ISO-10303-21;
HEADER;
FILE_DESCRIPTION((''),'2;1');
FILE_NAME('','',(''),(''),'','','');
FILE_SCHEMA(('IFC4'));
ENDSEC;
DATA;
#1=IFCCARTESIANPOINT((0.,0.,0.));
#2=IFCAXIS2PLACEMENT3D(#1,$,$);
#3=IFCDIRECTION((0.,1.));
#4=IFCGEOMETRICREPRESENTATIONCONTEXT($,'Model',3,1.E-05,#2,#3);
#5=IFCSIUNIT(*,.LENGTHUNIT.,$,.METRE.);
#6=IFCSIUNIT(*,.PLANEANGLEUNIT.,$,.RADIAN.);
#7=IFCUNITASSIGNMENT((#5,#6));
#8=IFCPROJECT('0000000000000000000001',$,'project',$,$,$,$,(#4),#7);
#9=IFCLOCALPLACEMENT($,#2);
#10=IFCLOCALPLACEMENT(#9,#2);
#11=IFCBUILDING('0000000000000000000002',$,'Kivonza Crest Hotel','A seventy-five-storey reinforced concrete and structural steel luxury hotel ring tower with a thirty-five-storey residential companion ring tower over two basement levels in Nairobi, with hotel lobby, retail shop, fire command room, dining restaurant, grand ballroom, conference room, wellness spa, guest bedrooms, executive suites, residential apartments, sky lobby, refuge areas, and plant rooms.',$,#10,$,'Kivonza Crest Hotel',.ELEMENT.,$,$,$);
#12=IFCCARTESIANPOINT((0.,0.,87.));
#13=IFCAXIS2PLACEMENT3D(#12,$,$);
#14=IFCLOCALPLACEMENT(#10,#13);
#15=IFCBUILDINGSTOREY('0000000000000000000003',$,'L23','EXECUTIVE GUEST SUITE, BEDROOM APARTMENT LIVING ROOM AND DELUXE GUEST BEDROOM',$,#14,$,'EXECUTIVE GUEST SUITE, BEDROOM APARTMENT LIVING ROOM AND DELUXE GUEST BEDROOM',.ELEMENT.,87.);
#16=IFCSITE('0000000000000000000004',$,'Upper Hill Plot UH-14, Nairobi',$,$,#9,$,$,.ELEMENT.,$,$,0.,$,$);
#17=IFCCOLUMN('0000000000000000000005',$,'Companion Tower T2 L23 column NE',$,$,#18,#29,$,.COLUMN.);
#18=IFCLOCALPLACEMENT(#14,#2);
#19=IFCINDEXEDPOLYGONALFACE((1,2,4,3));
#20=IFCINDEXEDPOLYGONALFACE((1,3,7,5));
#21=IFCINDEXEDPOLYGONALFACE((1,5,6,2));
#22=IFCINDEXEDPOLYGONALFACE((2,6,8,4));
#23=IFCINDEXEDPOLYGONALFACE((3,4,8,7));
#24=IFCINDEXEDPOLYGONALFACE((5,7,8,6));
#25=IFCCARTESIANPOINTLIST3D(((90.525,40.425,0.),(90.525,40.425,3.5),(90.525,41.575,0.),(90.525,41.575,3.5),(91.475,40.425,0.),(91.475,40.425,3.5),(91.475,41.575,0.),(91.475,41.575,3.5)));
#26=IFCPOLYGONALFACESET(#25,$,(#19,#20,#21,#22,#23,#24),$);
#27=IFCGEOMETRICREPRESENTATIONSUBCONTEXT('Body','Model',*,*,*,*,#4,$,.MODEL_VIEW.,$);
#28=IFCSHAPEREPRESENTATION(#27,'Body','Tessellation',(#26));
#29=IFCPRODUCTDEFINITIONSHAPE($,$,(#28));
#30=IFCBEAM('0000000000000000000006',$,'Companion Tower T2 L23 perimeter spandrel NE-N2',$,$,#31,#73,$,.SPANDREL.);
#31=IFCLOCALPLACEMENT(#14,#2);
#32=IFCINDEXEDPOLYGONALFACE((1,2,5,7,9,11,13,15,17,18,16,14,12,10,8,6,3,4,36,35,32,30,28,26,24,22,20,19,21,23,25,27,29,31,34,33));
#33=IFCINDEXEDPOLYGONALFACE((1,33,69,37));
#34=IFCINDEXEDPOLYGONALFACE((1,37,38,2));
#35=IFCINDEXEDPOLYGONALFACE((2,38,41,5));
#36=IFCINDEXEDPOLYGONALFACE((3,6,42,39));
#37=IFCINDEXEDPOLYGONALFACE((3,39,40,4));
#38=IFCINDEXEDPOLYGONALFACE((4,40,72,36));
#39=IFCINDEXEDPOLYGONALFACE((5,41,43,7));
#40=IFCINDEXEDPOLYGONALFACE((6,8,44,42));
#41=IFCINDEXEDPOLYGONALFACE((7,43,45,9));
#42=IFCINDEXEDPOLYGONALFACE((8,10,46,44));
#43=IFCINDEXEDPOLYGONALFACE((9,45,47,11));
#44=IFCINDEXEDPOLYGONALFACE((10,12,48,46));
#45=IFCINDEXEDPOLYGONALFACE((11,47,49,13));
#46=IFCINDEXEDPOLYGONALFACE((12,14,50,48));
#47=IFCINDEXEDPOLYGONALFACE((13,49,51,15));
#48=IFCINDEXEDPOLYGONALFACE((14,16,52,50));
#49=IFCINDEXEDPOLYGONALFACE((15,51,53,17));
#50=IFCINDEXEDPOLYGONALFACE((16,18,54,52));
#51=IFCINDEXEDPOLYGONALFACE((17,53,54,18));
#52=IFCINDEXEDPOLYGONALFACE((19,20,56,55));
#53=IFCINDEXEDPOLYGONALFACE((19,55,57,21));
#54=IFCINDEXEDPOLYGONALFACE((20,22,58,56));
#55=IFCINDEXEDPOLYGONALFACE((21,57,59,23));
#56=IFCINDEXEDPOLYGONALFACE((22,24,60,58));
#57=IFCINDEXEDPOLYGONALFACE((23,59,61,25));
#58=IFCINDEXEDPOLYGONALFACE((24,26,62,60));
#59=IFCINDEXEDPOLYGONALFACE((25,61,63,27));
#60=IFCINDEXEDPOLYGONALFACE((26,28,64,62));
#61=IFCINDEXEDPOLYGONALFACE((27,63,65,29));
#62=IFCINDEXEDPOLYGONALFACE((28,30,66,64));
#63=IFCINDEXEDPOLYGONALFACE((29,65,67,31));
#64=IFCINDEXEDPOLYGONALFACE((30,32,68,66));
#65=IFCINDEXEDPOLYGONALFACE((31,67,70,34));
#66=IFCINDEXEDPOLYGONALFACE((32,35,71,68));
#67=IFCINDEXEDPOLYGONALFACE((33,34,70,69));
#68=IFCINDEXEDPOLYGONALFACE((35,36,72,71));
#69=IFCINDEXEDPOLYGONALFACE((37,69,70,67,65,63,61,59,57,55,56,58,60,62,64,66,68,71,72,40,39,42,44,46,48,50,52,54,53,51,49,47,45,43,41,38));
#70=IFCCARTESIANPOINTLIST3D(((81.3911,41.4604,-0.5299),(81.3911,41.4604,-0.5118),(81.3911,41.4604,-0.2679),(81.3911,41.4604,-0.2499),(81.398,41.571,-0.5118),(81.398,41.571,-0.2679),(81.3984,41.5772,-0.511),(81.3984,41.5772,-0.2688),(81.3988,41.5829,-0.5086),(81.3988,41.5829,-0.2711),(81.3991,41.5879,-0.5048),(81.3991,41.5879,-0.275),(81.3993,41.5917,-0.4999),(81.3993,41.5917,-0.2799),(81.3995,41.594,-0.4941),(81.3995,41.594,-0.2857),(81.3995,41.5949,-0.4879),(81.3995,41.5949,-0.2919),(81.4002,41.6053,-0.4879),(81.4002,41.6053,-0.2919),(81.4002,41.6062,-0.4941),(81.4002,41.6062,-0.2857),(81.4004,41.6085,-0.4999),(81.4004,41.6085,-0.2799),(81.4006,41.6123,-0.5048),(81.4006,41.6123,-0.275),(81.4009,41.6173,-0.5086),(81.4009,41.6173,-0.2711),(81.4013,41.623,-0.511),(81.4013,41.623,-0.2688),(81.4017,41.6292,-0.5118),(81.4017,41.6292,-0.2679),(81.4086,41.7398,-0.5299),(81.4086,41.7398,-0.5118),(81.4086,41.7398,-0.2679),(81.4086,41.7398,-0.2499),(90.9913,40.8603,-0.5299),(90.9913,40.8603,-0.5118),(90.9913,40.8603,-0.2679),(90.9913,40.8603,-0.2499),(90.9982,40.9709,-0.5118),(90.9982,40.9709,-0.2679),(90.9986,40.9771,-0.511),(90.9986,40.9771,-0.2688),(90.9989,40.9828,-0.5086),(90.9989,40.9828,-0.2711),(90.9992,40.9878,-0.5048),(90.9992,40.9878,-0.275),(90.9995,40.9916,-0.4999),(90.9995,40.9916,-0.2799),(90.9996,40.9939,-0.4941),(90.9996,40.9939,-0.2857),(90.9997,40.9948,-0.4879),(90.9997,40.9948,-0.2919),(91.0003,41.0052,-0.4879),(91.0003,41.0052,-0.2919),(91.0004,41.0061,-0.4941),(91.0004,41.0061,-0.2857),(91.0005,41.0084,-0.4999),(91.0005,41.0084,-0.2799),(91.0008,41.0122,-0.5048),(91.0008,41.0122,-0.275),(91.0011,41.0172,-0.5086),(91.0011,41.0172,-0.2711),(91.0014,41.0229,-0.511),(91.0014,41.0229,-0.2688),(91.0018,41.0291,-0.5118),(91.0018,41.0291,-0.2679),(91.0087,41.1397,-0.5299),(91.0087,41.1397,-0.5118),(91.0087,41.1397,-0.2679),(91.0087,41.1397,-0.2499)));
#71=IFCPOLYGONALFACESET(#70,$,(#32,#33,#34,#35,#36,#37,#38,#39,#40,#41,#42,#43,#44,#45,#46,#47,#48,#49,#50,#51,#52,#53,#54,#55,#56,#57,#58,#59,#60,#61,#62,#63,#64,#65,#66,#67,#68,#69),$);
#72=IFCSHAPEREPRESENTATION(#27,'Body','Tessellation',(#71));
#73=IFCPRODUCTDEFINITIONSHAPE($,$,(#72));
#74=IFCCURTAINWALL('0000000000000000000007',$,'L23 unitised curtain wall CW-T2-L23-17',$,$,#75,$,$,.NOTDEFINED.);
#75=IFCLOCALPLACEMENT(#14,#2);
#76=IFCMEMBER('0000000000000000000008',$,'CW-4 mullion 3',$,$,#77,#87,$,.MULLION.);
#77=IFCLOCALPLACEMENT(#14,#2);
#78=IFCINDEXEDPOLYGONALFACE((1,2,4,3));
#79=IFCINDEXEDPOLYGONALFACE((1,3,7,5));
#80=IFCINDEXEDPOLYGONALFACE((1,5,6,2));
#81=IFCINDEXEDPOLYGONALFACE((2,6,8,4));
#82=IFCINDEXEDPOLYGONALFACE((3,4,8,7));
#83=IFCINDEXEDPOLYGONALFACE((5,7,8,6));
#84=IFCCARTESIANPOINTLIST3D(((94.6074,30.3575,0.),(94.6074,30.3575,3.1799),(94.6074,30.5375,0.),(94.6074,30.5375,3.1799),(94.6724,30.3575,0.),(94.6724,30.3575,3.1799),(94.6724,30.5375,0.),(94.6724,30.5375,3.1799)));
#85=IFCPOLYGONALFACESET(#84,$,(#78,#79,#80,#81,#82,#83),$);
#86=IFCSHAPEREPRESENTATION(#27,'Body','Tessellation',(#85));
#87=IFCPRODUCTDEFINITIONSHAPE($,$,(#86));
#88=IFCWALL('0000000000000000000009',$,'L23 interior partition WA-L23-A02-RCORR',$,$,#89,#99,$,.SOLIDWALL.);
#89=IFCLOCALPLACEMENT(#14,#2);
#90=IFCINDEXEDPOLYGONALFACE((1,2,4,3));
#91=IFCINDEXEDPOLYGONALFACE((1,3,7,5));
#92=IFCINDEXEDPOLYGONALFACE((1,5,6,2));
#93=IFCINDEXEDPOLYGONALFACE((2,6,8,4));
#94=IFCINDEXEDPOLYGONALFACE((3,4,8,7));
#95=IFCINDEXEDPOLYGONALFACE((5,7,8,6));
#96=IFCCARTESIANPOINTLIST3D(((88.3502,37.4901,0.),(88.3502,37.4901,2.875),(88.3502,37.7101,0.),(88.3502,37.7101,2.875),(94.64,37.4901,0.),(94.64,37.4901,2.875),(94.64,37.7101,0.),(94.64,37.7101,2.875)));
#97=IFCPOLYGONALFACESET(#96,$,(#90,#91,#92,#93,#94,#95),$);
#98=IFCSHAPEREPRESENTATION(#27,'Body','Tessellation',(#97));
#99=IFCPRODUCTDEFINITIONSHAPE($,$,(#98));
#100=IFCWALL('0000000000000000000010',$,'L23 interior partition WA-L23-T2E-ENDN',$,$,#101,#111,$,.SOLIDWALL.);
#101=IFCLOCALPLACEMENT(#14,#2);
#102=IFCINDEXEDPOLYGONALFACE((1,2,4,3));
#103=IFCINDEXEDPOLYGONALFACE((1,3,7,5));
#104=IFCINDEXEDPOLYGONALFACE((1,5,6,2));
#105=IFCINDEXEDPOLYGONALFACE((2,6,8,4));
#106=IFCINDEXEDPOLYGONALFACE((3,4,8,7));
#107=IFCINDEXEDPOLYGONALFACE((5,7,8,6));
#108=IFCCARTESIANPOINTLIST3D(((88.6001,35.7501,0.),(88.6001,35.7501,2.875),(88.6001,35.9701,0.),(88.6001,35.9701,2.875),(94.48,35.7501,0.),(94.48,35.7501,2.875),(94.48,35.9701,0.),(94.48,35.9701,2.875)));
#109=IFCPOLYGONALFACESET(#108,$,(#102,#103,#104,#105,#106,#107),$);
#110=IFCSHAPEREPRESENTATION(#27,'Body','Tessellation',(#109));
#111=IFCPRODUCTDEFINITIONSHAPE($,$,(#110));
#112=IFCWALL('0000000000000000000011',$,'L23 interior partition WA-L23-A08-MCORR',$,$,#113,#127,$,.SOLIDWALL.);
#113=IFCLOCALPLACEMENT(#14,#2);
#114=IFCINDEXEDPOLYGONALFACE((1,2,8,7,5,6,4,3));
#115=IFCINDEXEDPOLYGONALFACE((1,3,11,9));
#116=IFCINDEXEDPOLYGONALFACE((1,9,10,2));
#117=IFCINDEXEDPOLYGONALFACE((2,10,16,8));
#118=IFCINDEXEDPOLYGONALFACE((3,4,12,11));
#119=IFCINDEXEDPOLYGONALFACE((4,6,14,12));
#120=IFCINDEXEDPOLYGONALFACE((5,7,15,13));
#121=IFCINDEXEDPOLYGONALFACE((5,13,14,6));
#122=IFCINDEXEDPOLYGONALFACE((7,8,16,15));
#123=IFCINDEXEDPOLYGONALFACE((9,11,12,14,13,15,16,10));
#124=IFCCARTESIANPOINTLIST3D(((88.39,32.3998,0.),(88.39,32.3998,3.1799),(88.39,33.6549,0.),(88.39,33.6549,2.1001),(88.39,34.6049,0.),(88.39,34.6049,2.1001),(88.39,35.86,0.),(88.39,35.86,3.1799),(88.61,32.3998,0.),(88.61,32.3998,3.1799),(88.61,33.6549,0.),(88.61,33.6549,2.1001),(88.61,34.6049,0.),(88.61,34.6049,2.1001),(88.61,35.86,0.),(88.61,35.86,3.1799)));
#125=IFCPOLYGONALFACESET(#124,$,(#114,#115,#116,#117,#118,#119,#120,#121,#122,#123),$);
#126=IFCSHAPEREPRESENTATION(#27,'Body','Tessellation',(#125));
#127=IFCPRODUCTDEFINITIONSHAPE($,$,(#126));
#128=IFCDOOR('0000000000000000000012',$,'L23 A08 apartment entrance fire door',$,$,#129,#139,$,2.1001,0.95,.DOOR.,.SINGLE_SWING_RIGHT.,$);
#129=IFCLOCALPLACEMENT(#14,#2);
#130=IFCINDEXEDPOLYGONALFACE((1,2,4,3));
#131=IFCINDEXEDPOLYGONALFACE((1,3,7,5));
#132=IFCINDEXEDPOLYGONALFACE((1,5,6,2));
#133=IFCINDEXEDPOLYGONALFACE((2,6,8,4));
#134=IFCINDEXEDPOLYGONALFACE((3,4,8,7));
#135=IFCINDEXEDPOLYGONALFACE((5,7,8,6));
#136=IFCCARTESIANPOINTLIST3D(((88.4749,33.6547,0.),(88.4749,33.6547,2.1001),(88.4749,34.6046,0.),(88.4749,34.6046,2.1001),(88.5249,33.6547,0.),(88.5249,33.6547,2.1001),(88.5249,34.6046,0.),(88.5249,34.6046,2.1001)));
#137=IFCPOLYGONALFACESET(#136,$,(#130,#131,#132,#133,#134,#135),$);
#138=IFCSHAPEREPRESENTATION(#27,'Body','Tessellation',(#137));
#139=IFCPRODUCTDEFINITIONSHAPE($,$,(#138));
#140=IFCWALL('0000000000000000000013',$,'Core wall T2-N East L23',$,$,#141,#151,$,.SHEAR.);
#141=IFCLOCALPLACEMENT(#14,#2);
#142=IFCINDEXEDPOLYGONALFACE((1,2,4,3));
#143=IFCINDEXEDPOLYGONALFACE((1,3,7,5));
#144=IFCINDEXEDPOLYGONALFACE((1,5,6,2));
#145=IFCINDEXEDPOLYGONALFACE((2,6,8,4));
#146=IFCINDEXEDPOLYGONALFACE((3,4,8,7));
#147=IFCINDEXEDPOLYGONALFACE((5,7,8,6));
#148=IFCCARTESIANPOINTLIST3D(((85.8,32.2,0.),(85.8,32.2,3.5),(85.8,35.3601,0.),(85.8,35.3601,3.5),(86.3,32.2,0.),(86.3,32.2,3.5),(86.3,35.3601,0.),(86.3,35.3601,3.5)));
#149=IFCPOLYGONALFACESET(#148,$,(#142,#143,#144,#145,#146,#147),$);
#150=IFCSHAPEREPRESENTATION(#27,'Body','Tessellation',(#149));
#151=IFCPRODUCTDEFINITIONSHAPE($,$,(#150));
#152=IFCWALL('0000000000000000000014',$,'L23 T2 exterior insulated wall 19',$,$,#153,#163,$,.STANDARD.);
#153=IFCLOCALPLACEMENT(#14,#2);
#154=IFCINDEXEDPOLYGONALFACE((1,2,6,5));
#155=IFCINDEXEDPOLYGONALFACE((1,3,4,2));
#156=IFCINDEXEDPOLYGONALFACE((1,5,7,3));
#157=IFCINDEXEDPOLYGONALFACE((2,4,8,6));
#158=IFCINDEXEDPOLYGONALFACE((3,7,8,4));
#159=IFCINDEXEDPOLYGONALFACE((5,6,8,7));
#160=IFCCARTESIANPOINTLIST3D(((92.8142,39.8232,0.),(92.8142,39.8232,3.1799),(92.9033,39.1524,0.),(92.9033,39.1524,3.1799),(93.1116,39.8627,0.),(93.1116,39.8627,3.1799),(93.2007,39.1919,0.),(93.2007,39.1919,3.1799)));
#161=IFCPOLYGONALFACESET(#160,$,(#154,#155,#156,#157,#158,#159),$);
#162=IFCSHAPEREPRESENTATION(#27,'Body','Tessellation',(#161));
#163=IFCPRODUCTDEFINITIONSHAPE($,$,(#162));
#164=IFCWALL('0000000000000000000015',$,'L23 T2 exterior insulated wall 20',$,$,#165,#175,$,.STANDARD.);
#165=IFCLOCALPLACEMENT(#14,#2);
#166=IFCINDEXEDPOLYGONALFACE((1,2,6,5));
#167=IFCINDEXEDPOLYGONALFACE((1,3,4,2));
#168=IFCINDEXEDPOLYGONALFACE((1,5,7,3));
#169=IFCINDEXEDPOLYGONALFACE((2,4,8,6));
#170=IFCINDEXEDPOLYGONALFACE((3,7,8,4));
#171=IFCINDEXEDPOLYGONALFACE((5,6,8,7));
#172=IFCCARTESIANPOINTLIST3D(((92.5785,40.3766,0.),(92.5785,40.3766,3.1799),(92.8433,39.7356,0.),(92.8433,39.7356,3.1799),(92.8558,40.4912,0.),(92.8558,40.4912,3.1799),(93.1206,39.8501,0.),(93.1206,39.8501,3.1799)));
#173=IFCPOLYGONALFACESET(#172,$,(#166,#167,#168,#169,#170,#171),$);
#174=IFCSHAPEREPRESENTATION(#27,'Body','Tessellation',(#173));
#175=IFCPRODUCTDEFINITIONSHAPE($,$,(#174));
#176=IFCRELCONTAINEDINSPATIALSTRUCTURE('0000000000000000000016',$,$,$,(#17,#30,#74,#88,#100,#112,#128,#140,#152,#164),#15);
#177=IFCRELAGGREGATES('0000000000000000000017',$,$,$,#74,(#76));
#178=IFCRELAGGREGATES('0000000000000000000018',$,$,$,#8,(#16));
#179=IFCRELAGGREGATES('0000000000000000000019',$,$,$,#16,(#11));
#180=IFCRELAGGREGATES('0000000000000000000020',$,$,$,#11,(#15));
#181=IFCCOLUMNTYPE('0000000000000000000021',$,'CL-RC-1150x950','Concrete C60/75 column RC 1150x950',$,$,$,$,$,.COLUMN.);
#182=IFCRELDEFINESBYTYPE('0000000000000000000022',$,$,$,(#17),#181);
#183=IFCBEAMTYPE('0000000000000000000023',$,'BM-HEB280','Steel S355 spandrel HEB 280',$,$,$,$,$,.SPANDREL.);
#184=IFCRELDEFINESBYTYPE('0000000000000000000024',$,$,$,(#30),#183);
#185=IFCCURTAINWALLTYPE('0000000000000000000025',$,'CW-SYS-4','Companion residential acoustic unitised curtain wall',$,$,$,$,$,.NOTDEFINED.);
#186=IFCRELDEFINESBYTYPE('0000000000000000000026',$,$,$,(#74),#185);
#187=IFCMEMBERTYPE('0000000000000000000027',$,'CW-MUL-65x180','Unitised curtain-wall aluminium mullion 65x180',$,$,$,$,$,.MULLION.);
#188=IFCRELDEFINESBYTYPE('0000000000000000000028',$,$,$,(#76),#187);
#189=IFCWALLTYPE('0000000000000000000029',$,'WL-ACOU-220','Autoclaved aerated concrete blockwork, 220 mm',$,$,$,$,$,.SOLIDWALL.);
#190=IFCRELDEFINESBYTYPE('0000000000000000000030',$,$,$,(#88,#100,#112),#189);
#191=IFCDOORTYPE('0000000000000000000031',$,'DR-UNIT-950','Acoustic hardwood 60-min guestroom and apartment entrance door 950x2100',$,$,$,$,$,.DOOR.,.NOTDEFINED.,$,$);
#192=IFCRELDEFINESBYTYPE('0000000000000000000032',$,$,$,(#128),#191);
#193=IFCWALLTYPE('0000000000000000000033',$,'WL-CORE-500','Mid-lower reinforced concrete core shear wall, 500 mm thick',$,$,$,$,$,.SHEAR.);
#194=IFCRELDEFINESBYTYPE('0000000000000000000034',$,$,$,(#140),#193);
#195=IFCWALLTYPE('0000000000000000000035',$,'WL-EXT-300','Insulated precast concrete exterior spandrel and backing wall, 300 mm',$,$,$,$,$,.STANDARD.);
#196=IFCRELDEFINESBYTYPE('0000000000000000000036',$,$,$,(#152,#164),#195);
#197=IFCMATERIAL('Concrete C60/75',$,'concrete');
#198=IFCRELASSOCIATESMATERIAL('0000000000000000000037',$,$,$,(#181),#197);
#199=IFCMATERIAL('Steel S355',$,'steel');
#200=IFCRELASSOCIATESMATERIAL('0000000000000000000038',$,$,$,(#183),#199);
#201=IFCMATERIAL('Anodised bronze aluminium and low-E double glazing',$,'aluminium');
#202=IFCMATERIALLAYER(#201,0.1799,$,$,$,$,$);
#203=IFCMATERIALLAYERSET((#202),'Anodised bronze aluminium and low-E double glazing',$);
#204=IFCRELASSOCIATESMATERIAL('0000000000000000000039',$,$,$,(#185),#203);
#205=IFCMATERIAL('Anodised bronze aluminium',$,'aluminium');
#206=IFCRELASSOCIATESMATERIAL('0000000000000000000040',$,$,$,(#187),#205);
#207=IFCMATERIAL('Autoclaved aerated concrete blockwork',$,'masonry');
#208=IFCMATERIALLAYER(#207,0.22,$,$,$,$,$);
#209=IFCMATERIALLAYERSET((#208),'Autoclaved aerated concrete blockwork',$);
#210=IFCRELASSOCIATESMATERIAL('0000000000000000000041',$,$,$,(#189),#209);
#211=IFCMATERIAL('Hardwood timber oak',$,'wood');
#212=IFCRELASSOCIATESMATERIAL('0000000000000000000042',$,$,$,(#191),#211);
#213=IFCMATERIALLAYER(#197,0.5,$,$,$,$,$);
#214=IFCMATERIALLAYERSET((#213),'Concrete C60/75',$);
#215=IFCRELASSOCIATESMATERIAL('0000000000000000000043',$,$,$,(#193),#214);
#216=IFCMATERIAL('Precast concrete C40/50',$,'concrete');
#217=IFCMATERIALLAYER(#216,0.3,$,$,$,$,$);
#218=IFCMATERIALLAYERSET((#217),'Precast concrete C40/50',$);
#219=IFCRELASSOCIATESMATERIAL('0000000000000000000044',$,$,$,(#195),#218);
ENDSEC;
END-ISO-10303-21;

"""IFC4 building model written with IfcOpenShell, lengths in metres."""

from ifc_helpers import new_model, si_unit, direction, frame, frame_2d, origin, origin_2d, place, context, subcontext, project, spatial, rectangle, i_section, extrude, material, layer, layer_set, material_profile, profile_set, type_object, element, fill, aggregate, save


model = new_model("IFC4")

# Units and contexts
model_context = context("Model", 3, precision=1e-05, world=origin(), true_north=direction((0.0, 1.0)))
body_context = subcontext(model_context, "Body", "Model", "MODEL_VIEW")
ifc_project = project(units=[si_unit("LENGTHUNIT", "METRE"), si_unit("PLANEANGLEUNIT", "RADIAN")], contexts=[model_context])

# Site, building, storey
site_placement = place(None, origin())
site = spatial("IfcSite", under=ifc_project, at=site_placement, Name="Upper Hill Plot UH-14, Nairobi", CompositionType="ELEMENT", RefElevation=0.0)
building_placement = place(site_placement, origin())
building = spatial("IfcBuilding", under=site, at=building_placement, Name="Kivonza Crest Hotel", Description="A seventy-five-storey reinforced concrete and structural steel luxury hotel ring tower with a thirty-five-storey residential companion ring tower over two basement levels in Nairobi, with hotel lobby, retail shop, fire command room, dining restaurant, grand ballroom, conference room, wellness spa, guest bedrooms, executive suites, residential apartments, sky lobby, refuge areas, and plant rooms.", LongName="Kivonza Crest Hotel", CompositionType="ELEMENT")
storey_placement = place(building_placement, frame((0.0, 0.0, 87.0)))
storey = spatial("IfcBuildingStorey", under=building, at=storey_placement, Name="L23", Description="EXECUTIVE GUEST SUITE, BEDROOM APARTMENT LIVING ROOM AND DELUXE GUEST BEDROOM", LongName="EXECUTIVE GUEST SUITE, BEDROOM APARTMENT LIVING ROOM AND DELUXE GUEST BEDROOM", CompositionType="ELEMENT", Elevation=87.0)

# Column
ifc_material_1 = material(Name="Concrete C60/75", Category="concrete")
ifc_material_profile_1 = material_profile(ifc_material_1, rectangle(XDim=0.95, YDim=1.1499, at=origin_2d()), Name="RC 1150x950")
ifc_profile_set_1 = profile_set([ifc_material_profile_1], Name="Concrete C60/75")
column_type = type_object("IfcColumnType", Name="CL-RC-1150x950", Description="Concrete C60/75 column RC 1150x950", PredefinedType="COLUMN", material=ifc_profile_set_1)
column_placement = place(storey_placement, frame((91.0, 41.0, 0.0), z_axis=(0.0, 0.0, 1.0), x_axis=(1.0, 0.0, 0.0)))
element("IfcColumn", 1, at=column_placement, inside=storey, type_object=column_type, Name="Companion Tower T2 L23 column NE", PredefinedType="COLUMN", context=body_context, shape_type="SweptSolid", body=[
    extrude(rectangle(XDim=0.95, YDim=1.1499, at=origin_2d()), origin(), (0.0, 0.0, 1.0), 3.5),
])

# Beam
ifc_material_2 = material(Name="Steel S355", Category="steel")
ifc_material_profile_2 = material_profile(ifc_material_2, i_section(OverallWidth=0.28, OverallDepth=0.28, WebThickness=0.0105, FlangeThickness=0.0181, FilletRadius=0.0239, at=origin_2d()), Name="HEB 280")
ifc_profile_set_2 = profile_set([ifc_material_profile_2], Name="Steel S355")
beam_type = type_object("IfcBeamType", Name="BM-HEB280", Description="Steel S355 spandrel HEB 280", PredefinedType="SPANDREL", material=ifc_profile_set_2)
beam_placement = place(storey_placement, frame((91.0, 41.0, -0.3899), z_axis=(-0.998052, 0.062388, 0.0), x_axis=(-0.062388, -0.998052, 0.0)))
element("IfcBeam", 2, at=beam_placement, inside=storey, type_object=beam_type, Name="Companion Tower T2 L23 perimeter spandrel NE-N2", PredefinedType="SPANDREL", context=body_context, shape_type="SweptSolid", body=[
    extrude(i_section(OverallWidth=0.28, OverallDepth=0.28, WebThickness=0.0105, FlangeThickness=0.0181, FilletRadius=0.0239, at=origin_2d()), origin(), (0.0, 0.0, 1.0), 9.6189),
])

# Curtain wall, member
ifc_material_3 = material(Name="Anodised bronze aluminium and low-E double glazing", Category="aluminium")
ifc_layer_1 = layer(ifc_material_3, 0.1799)
ifc_layer_set_1 = layer_set([ifc_layer_1], Name="Anodised bronze aluminium and low-E double glazing")
curtain_wall_type = type_object("IfcCurtainWallType", Name="CW-SYS-4", Description="Companion residential acoustic unitised curtain wall", PredefinedType="NOTDEFINED", material=ifc_layer_set_1)
curtain_wall_placement = place(storey_placement, origin())
curtain_wall = element("IfcCurtainWall", 3, at=curtain_wall_placement, inside=storey, type_object=curtain_wall_type, Name="L23 unitised curtain wall CW-T2-L23-17", PredefinedType="NOTDEFINED")
ifc_material_4 = material(Name="Anodised bronze aluminium", Category="aluminium")
ifc_material_profile_3 = material_profile(ifc_material_4, rectangle(XDim=0.0649, YDim=0.1799, at=origin_2d()), Name="CW-M 65x180")
ifc_profile_set_3 = profile_set([ifc_material_profile_3], Name="Anodised bronze aluminium")
member_type = type_object("IfcMemberType", Name="CW-MUL-65x180", Description="Unitised curtain-wall aluminium mullion 65x180", PredefinedType="MULLION", material=ifc_profile_set_3)
member_placement = place(storey_placement, frame((94.6399, 30.4475, 0.0), z_axis=(0.0, 0.0, 1.0), x_axis=(-1.0, 0.0, 0.0)))
member = element("IfcMember", 4, at=member_placement, type_object=member_type, Name="CW-4 mullion 3", PredefinedType="MULLION", context=body_context, shape_type="SweptSolid", body=[
    extrude(rectangle(XDim=0.0649, YDim=0.1799, at=origin_2d()), origin(), (0.0, 0.0, 1.0), 3.1799),
])
aggregate(curtain_wall, [member])

# Walls
ifc_material_5 = material(Name="Autoclaved aerated concrete blockwork", Category="masonry")
ifc_layer_2 = layer(ifc_material_5, 0.22)
ifc_layer_set_2 = layer_set([ifc_layer_2], Name="Autoclaved aerated concrete blockwork")
wall_type_1 = type_object("IfcWallType", Name="WL-ACOU-220", Description="Autoclaved aerated concrete blockwork, 220 mm", PredefinedType="SOLIDWALL", material=ifc_layer_set_2)
wall_1_placement = place(storey_placement, frame((88.3501, 37.6001, 0.0), z_axis=(0.0, 0.0, 1.0), x_axis=(1.0, 0.0, 0.0)))
element("IfcWall", 5, at=wall_1_placement, inside=storey, type_object=wall_type_1, Name="L23 interior partition WA-L23-A02-RCORR", PredefinedType="SOLIDWALL", context=body_context, shape_type="SweptSolid", body=[
    extrude(rectangle(XDim=6.2898, YDim=0.22, at=frame_2d((3.145, 0.0))), origin(), (0.0, 0.0, 1.0), 2.875),
])
wall_2_placement = place(storey_placement, frame((88.6001, 35.8601, 0.0), z_axis=(0.0, 0.0, 1.0), x_axis=(1.0, 0.0, 0.0)))
element("IfcWall", 6, at=wall_2_placement, inside=storey, type_object=wall_type_1, Name="L23 interior partition WA-L23-T2E-ENDN", PredefinedType="SOLIDWALL", context=body_context, shape_type="SweptSolid", body=[
    extrude(rectangle(XDim=5.8799, YDim=0.22, at=frame_2d((2.9399, 0.0))), origin(), (0.0, 0.0, 1.0), 2.875),
])

# Wall, opening, door
wall_3_placement = place(storey_placement, frame((88.5, 32.3999, 0.0), z_axis=(0.0, 0.0, 1.0), x_axis=(0.0, 1.0, 0.0)))
wall_3 = element("IfcWall", 7, at=wall_3_placement, inside=storey, type_object=wall_type_1, Name="L23 interior partition WA-L23-A08-MCORR", PredefinedType="SOLIDWALL", context=body_context, shape_type="SweptSolid", body=[
    extrude(rectangle(XDim=3.4602, YDim=0.22, at=frame_2d((1.73, 0.0))), origin(), (0.0, 0.0, 1.0), 3.1799),
])
opening_1_placement = place(wall_3_placement, frame((1.2549, 0.0, 0.0)))
opening_1 = element("IfcOpeningElement", 8, at=opening_1_placement, cuts=wall_3, PredefinedType="OPENING", context=body_context, shape_type="SweptSolid", body=[
    extrude(rectangle(XDim=0.95, YDim=2.1001, at=frame_2d((0.4751, 1.05))), frame((0.0, 0.1201, 0.0), z_axis=(0.0, -1.0, 0.0), x_axis=(1.0, 0.0, 0.0)), (0.0, 0.0, 1.0), 0.24),
])
ifc_material_6 = material(Name="Hardwood timber oak", Category="wood")
door_type_1 = type_object("IfcDoorType", Name="DR-UNIT-950", Description="Acoustic hardwood 60-min guestroom and apartment entrance door 950x2100", OperationType="NOTDEFINED", PredefinedType="DOOR", material=ifc_material_6)
door_1_placement = place(opening_1_placement, frame((0.95, 0.0, 0.0), z_axis=(0.0, 0.0, 1.0), x_axis=(-1.0, 0.0, 0.0)))
door_1 = element("IfcDoor", 9, at=door_1_placement, inside=storey, type_object=door_type_1, Name="L23 A08 apartment entrance fire door", OperationType="SINGLE_SWING_RIGHT", OverallHeight=2.1001, OverallWidth=0.95, PredefinedType="DOOR", context=body_context, shape_type="SweptSolid", body=[
    extrude(rectangle(XDim=0.95, YDim=2.1001, at=frame_2d((0.4751, 1.05))), frame((0.0, 0.0249, 0.0), z_axis=(0.0, -1.0, 0.0), x_axis=(1.0, 0.0, 0.0)), (0.0, 0.0, 1.0), 0.05),
])
fill(opening_1, door_1)

# Walls
ifc_layer_3 = layer(ifc_material_1, 0.5)
ifc_layer_set_3 = layer_set([ifc_layer_3], Name="Concrete C60/75")
wall_type_2 = type_object("IfcWallType", Name="WL-CORE-500", Description="Mid-lower reinforced concrete core shear wall, 500 mm thick", PredefinedType="SHEAR", material=ifc_layer_set_3)
wall_4_placement = place(storey_placement, frame((86.05, 32.2, 0.0), z_axis=(0.0, 0.0, 1.0), x_axis=(0.0, 1.0, 0.0)))
element("IfcWall", 10, at=wall_4_placement, inside=storey, type_object=wall_type_2, Name="Core wall T2-N East L23", PredefinedType="SHEAR", context=body_context, shape_type="SweptSolid", body=[
    extrude(rectangle(XDim=3.1602, YDim=0.5, at=frame_2d((1.5801, 0.0))), origin(), (0.0, 0.0, 1.0), 3.5),
])
ifc_material_7 = material(Name="Precast concrete C40/50", Category="concrete")
ifc_layer_4 = layer(ifc_material_7, 0.3)
ifc_layer_set_4 = layer_set([ifc_layer_4], Name="Precast concrete C40/50")
wall_type_3 = type_object("IfcWallType", Name="WL-EXT-300", Description="Insulated precast concrete exterior spandrel and backing wall, 300 mm", PredefinedType="STANDARD", material=ifc_layer_set_4)
wall_5_placement = place(storey_placement, frame((93.052, 39.1721, 0.0), z_axis=(0.0, 0.0, 1.0), x_axis=(-0.131667, 0.991294, 0.0)))
element("IfcWall", 11, at=wall_5_placement, inside=storey, type_object=wall_type_3, Name="L23 T2 exterior insulated wall 19", PredefinedType="STANDARD", context=body_context, shape_type="SweptSolid", body=[
    extrude(rectangle(XDim=0.6768, YDim=0.3, at=frame_2d((0.3384, 0.0))), origin(), (0.0, 0.0, 1.0), 3.1799),
])
wall_6_placement = place(storey_placement, frame((92.9819, 39.793, 0.0), z_axis=(0.0, 0.0, 1.0), x_axis=(-0.381865, 0.924218, 0.0)))
element("IfcWall", 12, at=wall_6_placement, inside=storey, type_object=wall_type_3, Name="L23 T2 exterior insulated wall 20", PredefinedType="STANDARD", context=body_context, shape_type="SweptSolid", body=[
    extrude(rectangle(XDim=0.6936, YDim=0.3, at=frame_2d((0.3467, 0.0))), origin(), (0.0, 0.0, 1.0), 3.1799),
])

save(model, "model.ifc")
